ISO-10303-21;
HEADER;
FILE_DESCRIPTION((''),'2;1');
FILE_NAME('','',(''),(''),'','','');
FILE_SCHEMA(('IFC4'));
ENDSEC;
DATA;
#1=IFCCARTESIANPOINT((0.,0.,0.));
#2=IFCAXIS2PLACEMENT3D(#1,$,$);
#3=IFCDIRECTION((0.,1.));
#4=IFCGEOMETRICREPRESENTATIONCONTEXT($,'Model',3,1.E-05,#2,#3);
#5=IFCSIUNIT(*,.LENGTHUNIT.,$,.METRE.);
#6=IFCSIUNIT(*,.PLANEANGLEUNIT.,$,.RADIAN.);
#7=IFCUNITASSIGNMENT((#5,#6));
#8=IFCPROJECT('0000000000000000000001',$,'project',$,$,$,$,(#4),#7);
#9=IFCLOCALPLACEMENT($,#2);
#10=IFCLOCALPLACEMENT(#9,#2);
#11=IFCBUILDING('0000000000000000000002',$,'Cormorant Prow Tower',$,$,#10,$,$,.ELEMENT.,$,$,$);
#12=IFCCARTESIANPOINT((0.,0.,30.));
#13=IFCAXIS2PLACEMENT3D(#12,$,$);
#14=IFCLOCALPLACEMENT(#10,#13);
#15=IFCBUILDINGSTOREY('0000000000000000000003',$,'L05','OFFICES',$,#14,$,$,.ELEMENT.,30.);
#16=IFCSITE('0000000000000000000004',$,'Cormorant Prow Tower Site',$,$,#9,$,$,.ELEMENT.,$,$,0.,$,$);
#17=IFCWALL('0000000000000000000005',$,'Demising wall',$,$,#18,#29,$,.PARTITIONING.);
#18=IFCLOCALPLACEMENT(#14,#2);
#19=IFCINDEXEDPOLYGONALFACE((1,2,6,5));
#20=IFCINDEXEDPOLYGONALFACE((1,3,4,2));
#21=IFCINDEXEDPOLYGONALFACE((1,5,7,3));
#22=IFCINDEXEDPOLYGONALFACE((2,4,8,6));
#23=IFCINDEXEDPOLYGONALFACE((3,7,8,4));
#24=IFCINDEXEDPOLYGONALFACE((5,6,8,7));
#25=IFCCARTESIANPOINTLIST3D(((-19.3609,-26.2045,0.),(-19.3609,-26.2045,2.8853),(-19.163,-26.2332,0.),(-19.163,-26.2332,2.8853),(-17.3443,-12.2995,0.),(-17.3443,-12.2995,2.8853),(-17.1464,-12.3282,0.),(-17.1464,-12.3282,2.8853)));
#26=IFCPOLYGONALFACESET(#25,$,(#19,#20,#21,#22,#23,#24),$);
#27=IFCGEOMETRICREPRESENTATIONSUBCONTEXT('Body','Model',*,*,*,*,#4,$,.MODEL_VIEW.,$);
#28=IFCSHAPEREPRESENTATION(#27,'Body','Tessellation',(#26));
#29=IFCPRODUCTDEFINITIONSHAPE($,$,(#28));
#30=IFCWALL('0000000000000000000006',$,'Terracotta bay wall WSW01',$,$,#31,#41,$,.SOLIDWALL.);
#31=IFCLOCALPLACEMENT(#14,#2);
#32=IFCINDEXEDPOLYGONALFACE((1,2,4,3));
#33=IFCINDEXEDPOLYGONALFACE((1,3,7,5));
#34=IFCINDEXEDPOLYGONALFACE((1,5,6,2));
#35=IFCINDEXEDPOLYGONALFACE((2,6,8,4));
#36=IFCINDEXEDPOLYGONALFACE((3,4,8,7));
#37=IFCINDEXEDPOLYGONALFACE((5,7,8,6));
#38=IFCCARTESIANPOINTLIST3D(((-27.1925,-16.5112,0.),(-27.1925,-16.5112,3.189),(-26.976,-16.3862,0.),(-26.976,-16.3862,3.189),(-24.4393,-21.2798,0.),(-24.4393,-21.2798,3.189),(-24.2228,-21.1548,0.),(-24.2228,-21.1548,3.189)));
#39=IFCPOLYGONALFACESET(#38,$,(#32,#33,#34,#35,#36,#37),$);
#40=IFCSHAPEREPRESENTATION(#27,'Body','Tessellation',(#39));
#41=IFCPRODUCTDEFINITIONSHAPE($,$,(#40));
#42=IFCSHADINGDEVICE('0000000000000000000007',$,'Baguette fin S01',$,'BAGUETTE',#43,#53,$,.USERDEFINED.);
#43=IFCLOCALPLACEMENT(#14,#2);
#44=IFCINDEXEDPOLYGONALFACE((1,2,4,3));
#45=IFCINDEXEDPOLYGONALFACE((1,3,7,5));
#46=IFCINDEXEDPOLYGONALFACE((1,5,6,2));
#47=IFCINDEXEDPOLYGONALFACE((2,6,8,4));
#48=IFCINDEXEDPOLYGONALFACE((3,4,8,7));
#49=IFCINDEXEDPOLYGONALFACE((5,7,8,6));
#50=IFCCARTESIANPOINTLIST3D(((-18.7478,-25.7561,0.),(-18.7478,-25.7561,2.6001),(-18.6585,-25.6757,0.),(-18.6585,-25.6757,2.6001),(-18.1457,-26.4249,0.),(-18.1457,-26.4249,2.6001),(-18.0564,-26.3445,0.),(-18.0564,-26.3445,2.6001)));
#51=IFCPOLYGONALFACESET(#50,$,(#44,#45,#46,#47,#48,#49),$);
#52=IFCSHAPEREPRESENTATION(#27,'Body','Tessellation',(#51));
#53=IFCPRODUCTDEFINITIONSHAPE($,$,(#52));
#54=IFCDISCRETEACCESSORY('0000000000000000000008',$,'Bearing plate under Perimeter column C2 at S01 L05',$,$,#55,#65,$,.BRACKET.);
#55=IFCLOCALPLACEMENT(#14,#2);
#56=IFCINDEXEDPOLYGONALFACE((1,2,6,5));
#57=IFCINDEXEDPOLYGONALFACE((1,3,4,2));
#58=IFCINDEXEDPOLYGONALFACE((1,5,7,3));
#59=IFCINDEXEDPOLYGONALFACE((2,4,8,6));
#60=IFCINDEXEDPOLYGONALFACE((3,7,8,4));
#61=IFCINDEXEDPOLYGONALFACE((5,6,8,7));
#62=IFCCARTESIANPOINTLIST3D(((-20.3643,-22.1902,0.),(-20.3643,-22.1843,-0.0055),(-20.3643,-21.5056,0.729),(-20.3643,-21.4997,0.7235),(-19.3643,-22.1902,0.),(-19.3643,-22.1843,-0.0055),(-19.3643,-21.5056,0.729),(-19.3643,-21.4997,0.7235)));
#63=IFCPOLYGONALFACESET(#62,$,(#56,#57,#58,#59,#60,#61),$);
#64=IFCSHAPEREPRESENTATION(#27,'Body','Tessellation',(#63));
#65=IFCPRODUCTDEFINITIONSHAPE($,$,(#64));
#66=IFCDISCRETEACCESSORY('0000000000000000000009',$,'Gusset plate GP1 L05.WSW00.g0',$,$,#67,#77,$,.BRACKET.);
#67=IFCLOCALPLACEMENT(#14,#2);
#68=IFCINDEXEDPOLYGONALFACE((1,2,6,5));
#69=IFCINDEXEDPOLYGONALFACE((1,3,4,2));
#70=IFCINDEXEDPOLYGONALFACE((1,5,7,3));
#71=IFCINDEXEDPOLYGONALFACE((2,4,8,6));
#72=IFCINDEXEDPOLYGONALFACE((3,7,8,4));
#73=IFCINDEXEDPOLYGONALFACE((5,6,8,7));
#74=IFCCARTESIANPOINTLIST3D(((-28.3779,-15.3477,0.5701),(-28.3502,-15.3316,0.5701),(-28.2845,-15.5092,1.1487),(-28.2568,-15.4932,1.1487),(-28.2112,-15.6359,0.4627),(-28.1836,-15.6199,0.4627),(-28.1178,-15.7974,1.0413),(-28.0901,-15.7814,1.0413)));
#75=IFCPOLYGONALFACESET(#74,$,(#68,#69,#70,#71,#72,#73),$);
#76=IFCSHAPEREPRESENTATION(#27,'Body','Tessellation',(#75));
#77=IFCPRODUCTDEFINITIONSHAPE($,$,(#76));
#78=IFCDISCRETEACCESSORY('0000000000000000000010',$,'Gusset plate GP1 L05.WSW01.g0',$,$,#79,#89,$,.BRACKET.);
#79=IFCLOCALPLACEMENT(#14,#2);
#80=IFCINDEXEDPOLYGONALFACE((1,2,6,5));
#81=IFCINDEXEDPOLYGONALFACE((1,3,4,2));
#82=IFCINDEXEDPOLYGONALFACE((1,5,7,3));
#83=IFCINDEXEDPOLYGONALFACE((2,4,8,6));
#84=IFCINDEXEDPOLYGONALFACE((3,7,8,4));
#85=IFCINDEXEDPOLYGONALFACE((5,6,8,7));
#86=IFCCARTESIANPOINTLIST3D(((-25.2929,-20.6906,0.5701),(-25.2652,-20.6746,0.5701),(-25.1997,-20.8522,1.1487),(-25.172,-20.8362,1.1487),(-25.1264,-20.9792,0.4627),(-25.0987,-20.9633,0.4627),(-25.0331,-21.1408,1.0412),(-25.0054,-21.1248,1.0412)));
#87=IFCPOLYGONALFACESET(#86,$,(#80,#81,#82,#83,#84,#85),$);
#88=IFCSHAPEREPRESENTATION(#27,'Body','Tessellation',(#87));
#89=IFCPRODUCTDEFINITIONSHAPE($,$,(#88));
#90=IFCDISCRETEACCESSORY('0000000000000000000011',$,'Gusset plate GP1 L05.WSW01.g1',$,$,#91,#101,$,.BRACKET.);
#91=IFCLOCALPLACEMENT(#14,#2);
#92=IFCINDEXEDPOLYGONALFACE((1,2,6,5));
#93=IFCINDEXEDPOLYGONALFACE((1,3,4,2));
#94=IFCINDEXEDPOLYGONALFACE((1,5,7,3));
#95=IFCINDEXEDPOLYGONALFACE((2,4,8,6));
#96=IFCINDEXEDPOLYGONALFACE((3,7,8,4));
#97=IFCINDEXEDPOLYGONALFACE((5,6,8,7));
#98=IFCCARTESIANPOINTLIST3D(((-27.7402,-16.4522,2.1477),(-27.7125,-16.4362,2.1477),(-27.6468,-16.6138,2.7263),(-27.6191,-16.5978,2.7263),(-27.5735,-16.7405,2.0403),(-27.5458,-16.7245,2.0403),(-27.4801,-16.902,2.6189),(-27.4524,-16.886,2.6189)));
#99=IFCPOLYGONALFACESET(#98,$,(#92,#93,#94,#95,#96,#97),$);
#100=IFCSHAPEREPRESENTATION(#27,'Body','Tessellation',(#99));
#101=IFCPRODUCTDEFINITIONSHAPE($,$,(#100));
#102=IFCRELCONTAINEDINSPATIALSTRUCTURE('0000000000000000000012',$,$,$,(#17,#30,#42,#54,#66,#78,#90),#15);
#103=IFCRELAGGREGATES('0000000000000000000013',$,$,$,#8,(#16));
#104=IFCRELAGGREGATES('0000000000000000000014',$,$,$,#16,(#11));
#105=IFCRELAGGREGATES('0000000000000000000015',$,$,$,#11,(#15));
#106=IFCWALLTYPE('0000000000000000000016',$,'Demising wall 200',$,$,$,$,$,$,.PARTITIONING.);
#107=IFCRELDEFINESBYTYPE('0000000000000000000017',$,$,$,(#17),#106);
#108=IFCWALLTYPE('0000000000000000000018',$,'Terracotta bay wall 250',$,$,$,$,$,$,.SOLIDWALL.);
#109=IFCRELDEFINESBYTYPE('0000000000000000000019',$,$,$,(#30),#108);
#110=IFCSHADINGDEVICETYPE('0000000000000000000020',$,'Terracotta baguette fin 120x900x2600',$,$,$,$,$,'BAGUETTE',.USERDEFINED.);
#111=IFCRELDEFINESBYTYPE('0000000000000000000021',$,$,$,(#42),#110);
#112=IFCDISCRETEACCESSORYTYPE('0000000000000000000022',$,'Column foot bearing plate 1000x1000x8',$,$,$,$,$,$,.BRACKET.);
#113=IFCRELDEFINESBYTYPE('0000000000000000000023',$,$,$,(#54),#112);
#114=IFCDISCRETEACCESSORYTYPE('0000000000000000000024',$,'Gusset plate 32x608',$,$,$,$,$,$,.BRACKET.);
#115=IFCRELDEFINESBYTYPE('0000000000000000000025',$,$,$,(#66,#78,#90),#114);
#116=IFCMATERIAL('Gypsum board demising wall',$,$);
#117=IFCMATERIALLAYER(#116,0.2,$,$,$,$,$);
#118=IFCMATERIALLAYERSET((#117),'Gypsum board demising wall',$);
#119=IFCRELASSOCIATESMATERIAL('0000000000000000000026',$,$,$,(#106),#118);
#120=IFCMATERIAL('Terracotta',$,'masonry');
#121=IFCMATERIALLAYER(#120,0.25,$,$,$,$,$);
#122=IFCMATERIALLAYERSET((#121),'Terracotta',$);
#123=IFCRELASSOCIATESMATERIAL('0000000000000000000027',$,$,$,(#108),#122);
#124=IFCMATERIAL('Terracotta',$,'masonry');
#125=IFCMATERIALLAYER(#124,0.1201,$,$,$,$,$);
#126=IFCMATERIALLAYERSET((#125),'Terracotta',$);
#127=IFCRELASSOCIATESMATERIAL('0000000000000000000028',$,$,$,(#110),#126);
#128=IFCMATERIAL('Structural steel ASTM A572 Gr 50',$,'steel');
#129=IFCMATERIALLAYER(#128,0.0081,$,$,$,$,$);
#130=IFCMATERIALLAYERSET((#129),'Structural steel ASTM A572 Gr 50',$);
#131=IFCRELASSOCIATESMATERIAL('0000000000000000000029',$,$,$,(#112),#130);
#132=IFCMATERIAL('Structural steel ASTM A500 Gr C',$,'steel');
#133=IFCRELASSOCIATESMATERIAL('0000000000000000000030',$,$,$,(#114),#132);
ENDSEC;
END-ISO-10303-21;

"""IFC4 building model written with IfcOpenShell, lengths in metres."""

from ifc_helpers import new_model, si_unit, direction, frame, frame_2d, origin, origin_2d, place, context, subcontext, project, spatial, polyline, rectangle, outline, extrude, material, layer, layer_set, material_profile, profile_set, type_object, element, save


model = new_model("IFC4")

# Units and contexts
model_context = context("Model", 3, precision=1e-05, world=origin(), true_north=direction((0.0, 1.0)))
body_context = subcontext(model_context, "Body", "Model", "MODEL_VIEW")
ifc_project = project(units=[si_unit("LENGTHUNIT", "METRE"), si_unit("PLANEANGLEUNIT", "RADIAN")], contexts=[model_context])

# Site, building, storey
site_placement = place(None, origin())
site = spatial("IfcSite", under=ifc_project, at=site_placement, Name="Cormorant Prow Tower Site", CompositionType="ELEMENT", RefElevation=0.0)
building_placement = place(site_placement, origin())
building = spatial("IfcBuilding", under=site, at=building_placement, Name="Cormorant Prow Tower", CompositionType="ELEMENT")
storey_placement = place(building_placement, frame((0.0, 0.0, 30.0)))
storey = spatial("IfcBuildingStorey", under=building, at=storey_placement, Name="L05", Description="OFFICES", CompositionType="ELEMENT", Elevation=30.0)

# Walls
ifc_material_1 = material(Name="Gypsum board demising wall")
ifc_layer_1 = layer(ifc_material_1, 0.2)
ifc_layer_set_1 = layer_set([ifc_layer_1], Name="Gypsum board demising wall")
wall_type_1 = type_object("IfcWallType", Name="Demising wall 200", PredefinedType="PARTITIONING", material=ifc_layer_set_1)
wall_1_placement = place(storey_placement, frame((-19.262, -26.219, 0.0), z_axis=(0.0, 0.0, 1.0), x_axis=(0.143525, 0.989647, 0.0)))
element("IfcWall", 1, at=wall_1_placement, inside=storey, type_object=wall_type_1, Name="Demising wall", PredefinedType="PARTITIONING", context=body_context, shape_type="SweptSolid", body=[
    extrude(rectangle(XDim=14.0505, YDim=0.2, at=frame_2d((7.0254, 0.0))), origin(), (0.0, 0.0, 1.0), 2.8853),
])
ifc_material_2 = material(Name="Terracotta", Category="masonry")
ifc_layer_2 = layer(ifc_material_2, 0.25)
ifc_layer_set_2 = layer_set([ifc_layer_2], Name="Terracotta")
wall_type_2 = type_object("IfcWallType", Name="Terracotta bay wall 250", PredefinedType="SOLIDWALL", material=ifc_layer_set_2)
wall_2_placement = place(storey_placement, frame((-27.0842, -16.4487, 0.0), z_axis=(0.0, 0.0, 1.0), x_axis=(0.500006, -0.866022, 0.0)))
element("IfcWall", 2, at=wall_2_placement, inside=storey, type_object=wall_type_2, Name="Terracotta bay wall WSW01", PredefinedType="SOLIDWALL", context=body_context, shape_type="SweptSolid", body=[
    extrude(rectangle(XDim=5.5063, YDim=0.25, at=frame_2d((2.7532, 0.0))), origin(), (0.0, 0.0, 1.0), 3.189),
])

# Shading device
ifc_material_3 = material(Name="Terracotta", Category="masonry")
ifc_layer_3 = layer(ifc_material_3, 0.1201)
ifc_layer_set_3 = layer_set([ifc_layer_3], Name="Terracotta")
shading_device_type = type_object("IfcShadingDeviceType", Name="Terracotta baguette fin 120x900x2600", ElementType="BAGUETTE", PredefinedType="USERDEFINED", material=ifc_layer_set_3)
shading_device_placement = place(storey_placement, frame((-18.4021, -26.0503, 0.0), z_axis=(0.0, 0.0, 1.0), x_axis=(0.743145, 0.669131, 0.0)))
element("IfcShadingDevice", 3, at=shading_device_placement, inside=storey, type_object=shading_device_type, Name="Baguette fin S01", ObjectType="BAGUETTE", PredefinedType="USERDEFINED", context=body_context, shape_type="SweptSolid", body=[
    extrude(rectangle(XDim=0.1201, YDim=0.8999, at=origin_2d()), origin(), (0.0, 0.0, 1.0), 2.6001),
])

# Discrete accessories
ifc_material_4 = material(Name="Structural steel ASTM A572 Gr 50", Category="steel")
ifc_layer_4 = layer(ifc_material_4, 0.0081)
ifc_layer_set_4 = layer_set([ifc_layer_4], Name="Structural steel ASTM A572 Gr 50")
discrete_accessory_type_1 = type_object("IfcDiscreteAccessoryType", Name="Column foot bearing plate 1000x1000x8", PredefinedType="BRACKET", material=ifc_layer_set_4)
discrete_accessory_1_placement = place(storey_placement, frame((-19.3643, -21.5056, 0.729), z_axis=(0.0, -0.728974, 0.684542), x_axis=(-1.0, 0.0, 0.0)))
element("IfcDiscreteAccessory", 4, at=discrete_accessory_1_placement, inside=storey, type_object=discrete_accessory_type_1, Name="Bearing plate under Perimeter column C2 at S01 L05", PredefinedType="BRACKET", context=body_context, shape_type="SweptSolid", body=[
    extrude(outline(polyline([(0.0, 0.0), (1.0, 0.0), (1.0, 1.0), (0.0, 1.0), (0.0, 0.0)])), origin(), (0.0, 0.0, -1.0), 0.0081),
])
ifc_material_5 = material(Name="Structural steel ASTM A500 Gr C", Category="steel")
ifc_material_profile_1 = material_profile(ifc_material_5, rectangle(XDim=0.032, YDim=0.6079, at=origin_2d()), Name="Gusset plate 32x608")
ifc_profile_set_1 = profile_set([ifc_material_profile_1], Name="Structural steel ASTM A500 Gr C")
discrete_accessory_type_2 = type_object("IfcDiscreteAccessoryType", Name="Gusset plate 32x608", PredefinedType="BRACKET", material=ifc_profile_set_1)
discrete_accessory_2_placement = place(storey_placement, frame((-28.3174, -15.4204, 0.8594), z_axis=(0.476465, -0.823872, -0.306946), x_axis=(0.86566, 0.500632, 0.0)))
element("IfcDiscreteAccessory", 5, at=discrete_accessory_2_placement, inside=storey, type_object=discrete_accessory_type_2, Name="Gusset plate GP1 L05.WSW00.g0", PredefinedType="BRACKET", context=body_context, shape_type="SweptSolid", body=[
    extrude(rectangle(XDim=0.032, YDim=0.6079, at=origin_2d()), origin(), (0.0, 0.0, 1.0), 0.3499),
])
discrete_accessory_3_placement = place(storey_placement, frame((-25.2324, -20.7634, 0.8594), z_axis=(0.475652, -0.82437, -0.306872), x_axis=(0.866161, 0.499765, 0.0)))
element("IfcDiscreteAccessory", 6, at=discrete_accessory_3_placement, inside=storey, type_object=discrete_accessory_type_2, Name="Gusset plate GP1 L05.WSW01.g0", PredefinedType="BRACKET", context=body_context, shape_type="SweptSolid", body=[
    extrude(rectangle(XDim=0.032, YDim=0.6079, at=origin_2d()), origin(), (0.0, 0.0, 1.0), 0.3501),
])
discrete_accessory_4_placement = place(storey_placement, frame((-27.5129, -16.8132, 2.3296), z_axis=(-0.476465, 0.823872, 0.306946), x_axis=(-0.86566, -0.500632, 0.0)))
element("IfcDiscreteAccessory", 7, at=discrete_accessory_4_placement, inside=storey, type_object=discrete_accessory_type_2, Name="Gusset plate GP1 L05.WSW01.g1", PredefinedType="BRACKET", context=body_context, shape_type="SweptSolid", body=[
    extrude(rectangle(XDim=0.032, YDim=0.6079, at=origin_2d()), origin(), (0.0, 0.0, 1.0), 0.3499),
])

save(model, "model.ifc")
